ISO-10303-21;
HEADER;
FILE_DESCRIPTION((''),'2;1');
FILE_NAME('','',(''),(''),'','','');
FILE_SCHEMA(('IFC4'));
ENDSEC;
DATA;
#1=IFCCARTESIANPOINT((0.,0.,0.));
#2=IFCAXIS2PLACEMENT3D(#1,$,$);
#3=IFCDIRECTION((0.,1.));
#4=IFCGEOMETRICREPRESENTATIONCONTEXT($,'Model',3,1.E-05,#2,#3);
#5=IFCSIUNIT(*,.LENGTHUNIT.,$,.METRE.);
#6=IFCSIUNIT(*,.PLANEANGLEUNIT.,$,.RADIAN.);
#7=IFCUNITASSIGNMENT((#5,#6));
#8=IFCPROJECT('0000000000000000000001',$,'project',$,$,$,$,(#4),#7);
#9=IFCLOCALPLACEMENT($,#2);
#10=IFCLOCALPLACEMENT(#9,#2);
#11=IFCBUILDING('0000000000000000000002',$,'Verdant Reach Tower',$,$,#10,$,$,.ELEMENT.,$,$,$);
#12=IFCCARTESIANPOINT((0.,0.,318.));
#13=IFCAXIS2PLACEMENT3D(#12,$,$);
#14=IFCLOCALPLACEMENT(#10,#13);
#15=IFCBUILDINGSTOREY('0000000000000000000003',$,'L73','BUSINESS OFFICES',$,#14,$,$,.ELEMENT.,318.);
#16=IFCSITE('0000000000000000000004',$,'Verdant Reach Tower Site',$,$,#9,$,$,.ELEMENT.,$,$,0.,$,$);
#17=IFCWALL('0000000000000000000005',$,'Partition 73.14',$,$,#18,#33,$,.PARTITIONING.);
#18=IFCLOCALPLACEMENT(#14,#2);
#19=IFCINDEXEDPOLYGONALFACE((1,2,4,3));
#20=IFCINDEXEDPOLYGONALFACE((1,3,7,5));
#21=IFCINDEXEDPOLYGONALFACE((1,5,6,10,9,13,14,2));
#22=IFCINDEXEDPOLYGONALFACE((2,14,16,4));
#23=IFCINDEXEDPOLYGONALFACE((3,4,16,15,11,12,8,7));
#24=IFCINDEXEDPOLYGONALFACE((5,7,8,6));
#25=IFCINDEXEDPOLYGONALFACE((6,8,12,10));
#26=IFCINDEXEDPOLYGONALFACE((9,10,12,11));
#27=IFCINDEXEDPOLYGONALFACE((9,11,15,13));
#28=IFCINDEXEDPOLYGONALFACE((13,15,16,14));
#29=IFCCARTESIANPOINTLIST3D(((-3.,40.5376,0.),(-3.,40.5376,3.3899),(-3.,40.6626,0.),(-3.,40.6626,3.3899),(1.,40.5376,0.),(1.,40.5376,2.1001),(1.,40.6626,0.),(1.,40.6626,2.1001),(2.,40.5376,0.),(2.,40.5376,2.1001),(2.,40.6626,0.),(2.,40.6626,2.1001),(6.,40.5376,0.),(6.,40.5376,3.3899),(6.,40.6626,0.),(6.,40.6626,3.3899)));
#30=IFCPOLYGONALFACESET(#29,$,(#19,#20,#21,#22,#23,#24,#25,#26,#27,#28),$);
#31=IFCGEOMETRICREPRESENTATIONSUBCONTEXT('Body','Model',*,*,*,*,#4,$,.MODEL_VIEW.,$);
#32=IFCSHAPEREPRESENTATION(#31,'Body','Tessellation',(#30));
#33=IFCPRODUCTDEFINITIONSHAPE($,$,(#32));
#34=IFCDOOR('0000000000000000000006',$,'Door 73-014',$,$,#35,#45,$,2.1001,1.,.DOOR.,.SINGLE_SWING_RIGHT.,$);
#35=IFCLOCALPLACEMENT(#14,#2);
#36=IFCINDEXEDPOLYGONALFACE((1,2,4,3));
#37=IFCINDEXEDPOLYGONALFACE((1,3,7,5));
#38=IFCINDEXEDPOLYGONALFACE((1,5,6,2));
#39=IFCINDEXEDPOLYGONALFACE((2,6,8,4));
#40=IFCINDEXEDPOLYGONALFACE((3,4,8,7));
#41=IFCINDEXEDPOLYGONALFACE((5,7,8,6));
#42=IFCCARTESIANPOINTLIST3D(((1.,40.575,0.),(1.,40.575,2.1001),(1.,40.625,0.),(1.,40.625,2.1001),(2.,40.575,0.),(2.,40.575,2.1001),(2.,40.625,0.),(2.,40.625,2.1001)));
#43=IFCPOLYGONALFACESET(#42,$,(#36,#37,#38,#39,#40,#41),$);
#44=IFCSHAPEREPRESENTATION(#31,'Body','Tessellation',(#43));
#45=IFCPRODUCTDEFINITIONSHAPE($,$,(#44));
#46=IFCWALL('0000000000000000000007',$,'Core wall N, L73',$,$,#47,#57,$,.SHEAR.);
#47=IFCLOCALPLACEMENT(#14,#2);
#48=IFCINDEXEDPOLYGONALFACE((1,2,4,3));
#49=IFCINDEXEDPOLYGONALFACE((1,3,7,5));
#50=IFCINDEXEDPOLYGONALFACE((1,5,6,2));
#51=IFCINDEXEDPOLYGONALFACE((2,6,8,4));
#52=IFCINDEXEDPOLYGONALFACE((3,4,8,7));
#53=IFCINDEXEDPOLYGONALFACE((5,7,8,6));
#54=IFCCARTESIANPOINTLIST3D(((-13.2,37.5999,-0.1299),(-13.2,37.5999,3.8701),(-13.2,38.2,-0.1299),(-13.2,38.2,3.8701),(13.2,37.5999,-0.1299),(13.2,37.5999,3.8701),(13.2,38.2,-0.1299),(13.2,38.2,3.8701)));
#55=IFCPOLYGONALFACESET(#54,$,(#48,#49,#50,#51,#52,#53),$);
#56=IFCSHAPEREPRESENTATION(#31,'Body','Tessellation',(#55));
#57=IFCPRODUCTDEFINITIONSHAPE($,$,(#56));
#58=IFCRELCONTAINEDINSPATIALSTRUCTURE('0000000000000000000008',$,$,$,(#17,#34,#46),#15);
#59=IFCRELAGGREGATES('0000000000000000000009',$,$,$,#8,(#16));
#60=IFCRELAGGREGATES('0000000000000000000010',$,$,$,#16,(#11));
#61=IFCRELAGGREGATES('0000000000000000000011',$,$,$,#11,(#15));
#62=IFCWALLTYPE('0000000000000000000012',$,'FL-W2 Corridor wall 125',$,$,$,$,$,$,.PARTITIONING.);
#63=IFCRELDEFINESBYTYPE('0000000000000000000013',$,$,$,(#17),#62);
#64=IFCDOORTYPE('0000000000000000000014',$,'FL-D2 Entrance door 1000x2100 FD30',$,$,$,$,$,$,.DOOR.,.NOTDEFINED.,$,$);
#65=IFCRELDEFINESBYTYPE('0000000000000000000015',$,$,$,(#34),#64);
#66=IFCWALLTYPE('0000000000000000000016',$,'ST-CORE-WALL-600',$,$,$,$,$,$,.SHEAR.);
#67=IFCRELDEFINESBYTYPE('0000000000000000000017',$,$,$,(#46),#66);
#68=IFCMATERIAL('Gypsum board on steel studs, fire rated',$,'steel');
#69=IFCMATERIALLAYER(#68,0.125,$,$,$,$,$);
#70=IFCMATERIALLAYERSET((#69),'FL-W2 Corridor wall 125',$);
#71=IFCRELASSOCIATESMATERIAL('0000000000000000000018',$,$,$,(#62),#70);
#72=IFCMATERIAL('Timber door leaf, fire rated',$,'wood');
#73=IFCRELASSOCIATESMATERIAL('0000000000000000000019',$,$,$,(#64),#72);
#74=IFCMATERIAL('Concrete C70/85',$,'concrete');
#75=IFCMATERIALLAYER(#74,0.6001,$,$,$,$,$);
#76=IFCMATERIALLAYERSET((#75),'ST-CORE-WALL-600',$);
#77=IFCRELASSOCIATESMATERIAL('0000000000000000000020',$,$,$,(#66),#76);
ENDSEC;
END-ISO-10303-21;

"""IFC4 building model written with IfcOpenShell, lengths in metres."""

from ifc_helpers import new_model, si_unit, direction, frame, frame_2d, origin, place, context, subcontext, project, spatial, rectangle, extrude, material, layer, layer_set, type_object, element, fill, save


model = new_model("IFC4")

# Units and contexts
model_context = context("Model", 3, precision=1e-05, world=origin(), true_north=direction((0.0, 1.0)))
body_context = subcontext(model_context, "Body", "Model", "MODEL_VIEW")
ifc_project = project(units=[si_unit("LENGTHUNIT", "METRE"), si_unit("PLANEANGLEUNIT", "RADIAN")], contexts=[model_context])

# Site, building, storey
site_placement = place(None, origin())
site = spatial("IfcSite", under=ifc_project, at=site_placement, Name="Verdant Reach Tower Site", CompositionType="ELEMENT", RefElevation=0.0)
building_placement = place(site_placement, origin())
building = spatial("IfcBuilding", under=site, at=building_placement, Name="Verdant Reach Tower", CompositionType="ELEMENT")
storey_placement = place(building_placement, frame((0.0, 0.0, 318.0)))
storey = spatial("IfcBuildingStorey", under=building, at=storey_placement, Name="L73", Description="BUSINESS OFFICES", CompositionType="ELEMENT", Elevation=318.0)

# Wall, opening, door
ifc_material_1 = material(Name="Gypsum board on steel studs, fire rated", Category="steel")
ifc_layer_1 = layer(ifc_material_1, 0.125)
ifc_layer_set_1 = layer_set([ifc_layer_1], Name="FL-W2 Corridor wall 125")
wall_type_1 = type_object("IfcWallType", Name="FL-W2 Corridor wall 125", PredefinedType="PARTITIONING", material=ifc_layer_set_1)
ifc_material_2 = material(Name="Timber door leaf, fire rated", Category="wood")
door_type_1 = type_object("IfcDoorType", Name="FL-D2 Entrance door 1000x2100 FD30", OperationType="NOTDEFINED", PredefinedType="DOOR", material=ifc_material_2)
wall_1_placement = place(storey_placement, frame((-3.0, 40.6001, 0.0), z_axis=(0.0, 0.0, 1.0), x_axis=(1.0, 0.0, 0.0)))
wall_1 = element("IfcWall", 1, at=wall_1_placement, inside=storey, type_object=wall_type_1, Name="Partition 73.14", PredefinedType="PARTITIONING", context=body_context, shape_type="SweptSolid", body=[
    extrude(rectangle(XDim=9.0, YDim=0.125, at=frame_2d((4.5, 0.0))), origin(), (0.0, 0.0, 1.0), 3.3899),
])
opening_1_placement = place(wall_1_placement, frame((4.0, 0.0, 0.0)))
opening_1 = element("IfcOpeningElement", 2, at=opening_1_placement, cuts=wall_1, PredefinedType="OPENING", context=body_context, shape_type="SweptSolid", body=[
    extrude(rectangle(XDim=1.0, YDim=2.1001, at=frame_2d((0.5, 1.05))), frame((0.0, 0.0725, 0.0), z_axis=(0.0, -1.0, 0.0), x_axis=(1.0, 0.0, 0.0)), (0.0, 0.0, 1.0), 0.145),
])
door_1_placement = place(opening_1_placement, origin())
door_1 = element("IfcDoor", 3, at=door_1_placement, inside=storey, type_object=door_type_1, Name="Door 73-014", OperationType="SINGLE_SWING_RIGHT", OverallHeight=2.1001, OverallWidth=1.0, PredefinedType="DOOR", context=body_context, shape_type="SweptSolid", body=[
    extrude(rectangle(XDim=1.0, YDim=2.1001, at=frame_2d((0.5, 1.05))), frame((0.0, 0.0249, 0.0), z_axis=(0.0, -1.0, 0.0), x_axis=(1.0, 0.0, 0.0)), (0.0, 0.0, 1.0), 0.05),
])
fill(opening_1, door_1)

# Wall
ifc_material_3 = material(Name="Concrete C70/85", Category="concrete")
ifc_layer_2 = layer(ifc_material_3, 0.6001)
ifc_layer_set_2 = layer_set([ifc_layer_2], Name="ST-CORE-WALL-600")
wall_type_2 = type_object("IfcWallType", Name="ST-CORE-WALL-600", PredefinedType="SHEAR", material=ifc_layer_set_2)
wall_2_placement = place(storey_placement, frame((-13.2, 37.8999, -0.1299), z_axis=(0.0, 0.0, 1.0), x_axis=(1.0, 0.0, 0.0)))
element("IfcWall", 4, at=wall_2_placement, inside=storey, type_object=wall_type_2, Name="Core wall N, L73", PredefinedType="SHEAR", context=body_context, shape_type="SweptSolid", body=[
    extrude(rectangle(XDim=26.3999, YDim=0.6001, at=frame_2d((13.2, 0.0))), origin(), (0.0, 0.0, 1.0), 4.0),
])

save(model, "model.ifc")
